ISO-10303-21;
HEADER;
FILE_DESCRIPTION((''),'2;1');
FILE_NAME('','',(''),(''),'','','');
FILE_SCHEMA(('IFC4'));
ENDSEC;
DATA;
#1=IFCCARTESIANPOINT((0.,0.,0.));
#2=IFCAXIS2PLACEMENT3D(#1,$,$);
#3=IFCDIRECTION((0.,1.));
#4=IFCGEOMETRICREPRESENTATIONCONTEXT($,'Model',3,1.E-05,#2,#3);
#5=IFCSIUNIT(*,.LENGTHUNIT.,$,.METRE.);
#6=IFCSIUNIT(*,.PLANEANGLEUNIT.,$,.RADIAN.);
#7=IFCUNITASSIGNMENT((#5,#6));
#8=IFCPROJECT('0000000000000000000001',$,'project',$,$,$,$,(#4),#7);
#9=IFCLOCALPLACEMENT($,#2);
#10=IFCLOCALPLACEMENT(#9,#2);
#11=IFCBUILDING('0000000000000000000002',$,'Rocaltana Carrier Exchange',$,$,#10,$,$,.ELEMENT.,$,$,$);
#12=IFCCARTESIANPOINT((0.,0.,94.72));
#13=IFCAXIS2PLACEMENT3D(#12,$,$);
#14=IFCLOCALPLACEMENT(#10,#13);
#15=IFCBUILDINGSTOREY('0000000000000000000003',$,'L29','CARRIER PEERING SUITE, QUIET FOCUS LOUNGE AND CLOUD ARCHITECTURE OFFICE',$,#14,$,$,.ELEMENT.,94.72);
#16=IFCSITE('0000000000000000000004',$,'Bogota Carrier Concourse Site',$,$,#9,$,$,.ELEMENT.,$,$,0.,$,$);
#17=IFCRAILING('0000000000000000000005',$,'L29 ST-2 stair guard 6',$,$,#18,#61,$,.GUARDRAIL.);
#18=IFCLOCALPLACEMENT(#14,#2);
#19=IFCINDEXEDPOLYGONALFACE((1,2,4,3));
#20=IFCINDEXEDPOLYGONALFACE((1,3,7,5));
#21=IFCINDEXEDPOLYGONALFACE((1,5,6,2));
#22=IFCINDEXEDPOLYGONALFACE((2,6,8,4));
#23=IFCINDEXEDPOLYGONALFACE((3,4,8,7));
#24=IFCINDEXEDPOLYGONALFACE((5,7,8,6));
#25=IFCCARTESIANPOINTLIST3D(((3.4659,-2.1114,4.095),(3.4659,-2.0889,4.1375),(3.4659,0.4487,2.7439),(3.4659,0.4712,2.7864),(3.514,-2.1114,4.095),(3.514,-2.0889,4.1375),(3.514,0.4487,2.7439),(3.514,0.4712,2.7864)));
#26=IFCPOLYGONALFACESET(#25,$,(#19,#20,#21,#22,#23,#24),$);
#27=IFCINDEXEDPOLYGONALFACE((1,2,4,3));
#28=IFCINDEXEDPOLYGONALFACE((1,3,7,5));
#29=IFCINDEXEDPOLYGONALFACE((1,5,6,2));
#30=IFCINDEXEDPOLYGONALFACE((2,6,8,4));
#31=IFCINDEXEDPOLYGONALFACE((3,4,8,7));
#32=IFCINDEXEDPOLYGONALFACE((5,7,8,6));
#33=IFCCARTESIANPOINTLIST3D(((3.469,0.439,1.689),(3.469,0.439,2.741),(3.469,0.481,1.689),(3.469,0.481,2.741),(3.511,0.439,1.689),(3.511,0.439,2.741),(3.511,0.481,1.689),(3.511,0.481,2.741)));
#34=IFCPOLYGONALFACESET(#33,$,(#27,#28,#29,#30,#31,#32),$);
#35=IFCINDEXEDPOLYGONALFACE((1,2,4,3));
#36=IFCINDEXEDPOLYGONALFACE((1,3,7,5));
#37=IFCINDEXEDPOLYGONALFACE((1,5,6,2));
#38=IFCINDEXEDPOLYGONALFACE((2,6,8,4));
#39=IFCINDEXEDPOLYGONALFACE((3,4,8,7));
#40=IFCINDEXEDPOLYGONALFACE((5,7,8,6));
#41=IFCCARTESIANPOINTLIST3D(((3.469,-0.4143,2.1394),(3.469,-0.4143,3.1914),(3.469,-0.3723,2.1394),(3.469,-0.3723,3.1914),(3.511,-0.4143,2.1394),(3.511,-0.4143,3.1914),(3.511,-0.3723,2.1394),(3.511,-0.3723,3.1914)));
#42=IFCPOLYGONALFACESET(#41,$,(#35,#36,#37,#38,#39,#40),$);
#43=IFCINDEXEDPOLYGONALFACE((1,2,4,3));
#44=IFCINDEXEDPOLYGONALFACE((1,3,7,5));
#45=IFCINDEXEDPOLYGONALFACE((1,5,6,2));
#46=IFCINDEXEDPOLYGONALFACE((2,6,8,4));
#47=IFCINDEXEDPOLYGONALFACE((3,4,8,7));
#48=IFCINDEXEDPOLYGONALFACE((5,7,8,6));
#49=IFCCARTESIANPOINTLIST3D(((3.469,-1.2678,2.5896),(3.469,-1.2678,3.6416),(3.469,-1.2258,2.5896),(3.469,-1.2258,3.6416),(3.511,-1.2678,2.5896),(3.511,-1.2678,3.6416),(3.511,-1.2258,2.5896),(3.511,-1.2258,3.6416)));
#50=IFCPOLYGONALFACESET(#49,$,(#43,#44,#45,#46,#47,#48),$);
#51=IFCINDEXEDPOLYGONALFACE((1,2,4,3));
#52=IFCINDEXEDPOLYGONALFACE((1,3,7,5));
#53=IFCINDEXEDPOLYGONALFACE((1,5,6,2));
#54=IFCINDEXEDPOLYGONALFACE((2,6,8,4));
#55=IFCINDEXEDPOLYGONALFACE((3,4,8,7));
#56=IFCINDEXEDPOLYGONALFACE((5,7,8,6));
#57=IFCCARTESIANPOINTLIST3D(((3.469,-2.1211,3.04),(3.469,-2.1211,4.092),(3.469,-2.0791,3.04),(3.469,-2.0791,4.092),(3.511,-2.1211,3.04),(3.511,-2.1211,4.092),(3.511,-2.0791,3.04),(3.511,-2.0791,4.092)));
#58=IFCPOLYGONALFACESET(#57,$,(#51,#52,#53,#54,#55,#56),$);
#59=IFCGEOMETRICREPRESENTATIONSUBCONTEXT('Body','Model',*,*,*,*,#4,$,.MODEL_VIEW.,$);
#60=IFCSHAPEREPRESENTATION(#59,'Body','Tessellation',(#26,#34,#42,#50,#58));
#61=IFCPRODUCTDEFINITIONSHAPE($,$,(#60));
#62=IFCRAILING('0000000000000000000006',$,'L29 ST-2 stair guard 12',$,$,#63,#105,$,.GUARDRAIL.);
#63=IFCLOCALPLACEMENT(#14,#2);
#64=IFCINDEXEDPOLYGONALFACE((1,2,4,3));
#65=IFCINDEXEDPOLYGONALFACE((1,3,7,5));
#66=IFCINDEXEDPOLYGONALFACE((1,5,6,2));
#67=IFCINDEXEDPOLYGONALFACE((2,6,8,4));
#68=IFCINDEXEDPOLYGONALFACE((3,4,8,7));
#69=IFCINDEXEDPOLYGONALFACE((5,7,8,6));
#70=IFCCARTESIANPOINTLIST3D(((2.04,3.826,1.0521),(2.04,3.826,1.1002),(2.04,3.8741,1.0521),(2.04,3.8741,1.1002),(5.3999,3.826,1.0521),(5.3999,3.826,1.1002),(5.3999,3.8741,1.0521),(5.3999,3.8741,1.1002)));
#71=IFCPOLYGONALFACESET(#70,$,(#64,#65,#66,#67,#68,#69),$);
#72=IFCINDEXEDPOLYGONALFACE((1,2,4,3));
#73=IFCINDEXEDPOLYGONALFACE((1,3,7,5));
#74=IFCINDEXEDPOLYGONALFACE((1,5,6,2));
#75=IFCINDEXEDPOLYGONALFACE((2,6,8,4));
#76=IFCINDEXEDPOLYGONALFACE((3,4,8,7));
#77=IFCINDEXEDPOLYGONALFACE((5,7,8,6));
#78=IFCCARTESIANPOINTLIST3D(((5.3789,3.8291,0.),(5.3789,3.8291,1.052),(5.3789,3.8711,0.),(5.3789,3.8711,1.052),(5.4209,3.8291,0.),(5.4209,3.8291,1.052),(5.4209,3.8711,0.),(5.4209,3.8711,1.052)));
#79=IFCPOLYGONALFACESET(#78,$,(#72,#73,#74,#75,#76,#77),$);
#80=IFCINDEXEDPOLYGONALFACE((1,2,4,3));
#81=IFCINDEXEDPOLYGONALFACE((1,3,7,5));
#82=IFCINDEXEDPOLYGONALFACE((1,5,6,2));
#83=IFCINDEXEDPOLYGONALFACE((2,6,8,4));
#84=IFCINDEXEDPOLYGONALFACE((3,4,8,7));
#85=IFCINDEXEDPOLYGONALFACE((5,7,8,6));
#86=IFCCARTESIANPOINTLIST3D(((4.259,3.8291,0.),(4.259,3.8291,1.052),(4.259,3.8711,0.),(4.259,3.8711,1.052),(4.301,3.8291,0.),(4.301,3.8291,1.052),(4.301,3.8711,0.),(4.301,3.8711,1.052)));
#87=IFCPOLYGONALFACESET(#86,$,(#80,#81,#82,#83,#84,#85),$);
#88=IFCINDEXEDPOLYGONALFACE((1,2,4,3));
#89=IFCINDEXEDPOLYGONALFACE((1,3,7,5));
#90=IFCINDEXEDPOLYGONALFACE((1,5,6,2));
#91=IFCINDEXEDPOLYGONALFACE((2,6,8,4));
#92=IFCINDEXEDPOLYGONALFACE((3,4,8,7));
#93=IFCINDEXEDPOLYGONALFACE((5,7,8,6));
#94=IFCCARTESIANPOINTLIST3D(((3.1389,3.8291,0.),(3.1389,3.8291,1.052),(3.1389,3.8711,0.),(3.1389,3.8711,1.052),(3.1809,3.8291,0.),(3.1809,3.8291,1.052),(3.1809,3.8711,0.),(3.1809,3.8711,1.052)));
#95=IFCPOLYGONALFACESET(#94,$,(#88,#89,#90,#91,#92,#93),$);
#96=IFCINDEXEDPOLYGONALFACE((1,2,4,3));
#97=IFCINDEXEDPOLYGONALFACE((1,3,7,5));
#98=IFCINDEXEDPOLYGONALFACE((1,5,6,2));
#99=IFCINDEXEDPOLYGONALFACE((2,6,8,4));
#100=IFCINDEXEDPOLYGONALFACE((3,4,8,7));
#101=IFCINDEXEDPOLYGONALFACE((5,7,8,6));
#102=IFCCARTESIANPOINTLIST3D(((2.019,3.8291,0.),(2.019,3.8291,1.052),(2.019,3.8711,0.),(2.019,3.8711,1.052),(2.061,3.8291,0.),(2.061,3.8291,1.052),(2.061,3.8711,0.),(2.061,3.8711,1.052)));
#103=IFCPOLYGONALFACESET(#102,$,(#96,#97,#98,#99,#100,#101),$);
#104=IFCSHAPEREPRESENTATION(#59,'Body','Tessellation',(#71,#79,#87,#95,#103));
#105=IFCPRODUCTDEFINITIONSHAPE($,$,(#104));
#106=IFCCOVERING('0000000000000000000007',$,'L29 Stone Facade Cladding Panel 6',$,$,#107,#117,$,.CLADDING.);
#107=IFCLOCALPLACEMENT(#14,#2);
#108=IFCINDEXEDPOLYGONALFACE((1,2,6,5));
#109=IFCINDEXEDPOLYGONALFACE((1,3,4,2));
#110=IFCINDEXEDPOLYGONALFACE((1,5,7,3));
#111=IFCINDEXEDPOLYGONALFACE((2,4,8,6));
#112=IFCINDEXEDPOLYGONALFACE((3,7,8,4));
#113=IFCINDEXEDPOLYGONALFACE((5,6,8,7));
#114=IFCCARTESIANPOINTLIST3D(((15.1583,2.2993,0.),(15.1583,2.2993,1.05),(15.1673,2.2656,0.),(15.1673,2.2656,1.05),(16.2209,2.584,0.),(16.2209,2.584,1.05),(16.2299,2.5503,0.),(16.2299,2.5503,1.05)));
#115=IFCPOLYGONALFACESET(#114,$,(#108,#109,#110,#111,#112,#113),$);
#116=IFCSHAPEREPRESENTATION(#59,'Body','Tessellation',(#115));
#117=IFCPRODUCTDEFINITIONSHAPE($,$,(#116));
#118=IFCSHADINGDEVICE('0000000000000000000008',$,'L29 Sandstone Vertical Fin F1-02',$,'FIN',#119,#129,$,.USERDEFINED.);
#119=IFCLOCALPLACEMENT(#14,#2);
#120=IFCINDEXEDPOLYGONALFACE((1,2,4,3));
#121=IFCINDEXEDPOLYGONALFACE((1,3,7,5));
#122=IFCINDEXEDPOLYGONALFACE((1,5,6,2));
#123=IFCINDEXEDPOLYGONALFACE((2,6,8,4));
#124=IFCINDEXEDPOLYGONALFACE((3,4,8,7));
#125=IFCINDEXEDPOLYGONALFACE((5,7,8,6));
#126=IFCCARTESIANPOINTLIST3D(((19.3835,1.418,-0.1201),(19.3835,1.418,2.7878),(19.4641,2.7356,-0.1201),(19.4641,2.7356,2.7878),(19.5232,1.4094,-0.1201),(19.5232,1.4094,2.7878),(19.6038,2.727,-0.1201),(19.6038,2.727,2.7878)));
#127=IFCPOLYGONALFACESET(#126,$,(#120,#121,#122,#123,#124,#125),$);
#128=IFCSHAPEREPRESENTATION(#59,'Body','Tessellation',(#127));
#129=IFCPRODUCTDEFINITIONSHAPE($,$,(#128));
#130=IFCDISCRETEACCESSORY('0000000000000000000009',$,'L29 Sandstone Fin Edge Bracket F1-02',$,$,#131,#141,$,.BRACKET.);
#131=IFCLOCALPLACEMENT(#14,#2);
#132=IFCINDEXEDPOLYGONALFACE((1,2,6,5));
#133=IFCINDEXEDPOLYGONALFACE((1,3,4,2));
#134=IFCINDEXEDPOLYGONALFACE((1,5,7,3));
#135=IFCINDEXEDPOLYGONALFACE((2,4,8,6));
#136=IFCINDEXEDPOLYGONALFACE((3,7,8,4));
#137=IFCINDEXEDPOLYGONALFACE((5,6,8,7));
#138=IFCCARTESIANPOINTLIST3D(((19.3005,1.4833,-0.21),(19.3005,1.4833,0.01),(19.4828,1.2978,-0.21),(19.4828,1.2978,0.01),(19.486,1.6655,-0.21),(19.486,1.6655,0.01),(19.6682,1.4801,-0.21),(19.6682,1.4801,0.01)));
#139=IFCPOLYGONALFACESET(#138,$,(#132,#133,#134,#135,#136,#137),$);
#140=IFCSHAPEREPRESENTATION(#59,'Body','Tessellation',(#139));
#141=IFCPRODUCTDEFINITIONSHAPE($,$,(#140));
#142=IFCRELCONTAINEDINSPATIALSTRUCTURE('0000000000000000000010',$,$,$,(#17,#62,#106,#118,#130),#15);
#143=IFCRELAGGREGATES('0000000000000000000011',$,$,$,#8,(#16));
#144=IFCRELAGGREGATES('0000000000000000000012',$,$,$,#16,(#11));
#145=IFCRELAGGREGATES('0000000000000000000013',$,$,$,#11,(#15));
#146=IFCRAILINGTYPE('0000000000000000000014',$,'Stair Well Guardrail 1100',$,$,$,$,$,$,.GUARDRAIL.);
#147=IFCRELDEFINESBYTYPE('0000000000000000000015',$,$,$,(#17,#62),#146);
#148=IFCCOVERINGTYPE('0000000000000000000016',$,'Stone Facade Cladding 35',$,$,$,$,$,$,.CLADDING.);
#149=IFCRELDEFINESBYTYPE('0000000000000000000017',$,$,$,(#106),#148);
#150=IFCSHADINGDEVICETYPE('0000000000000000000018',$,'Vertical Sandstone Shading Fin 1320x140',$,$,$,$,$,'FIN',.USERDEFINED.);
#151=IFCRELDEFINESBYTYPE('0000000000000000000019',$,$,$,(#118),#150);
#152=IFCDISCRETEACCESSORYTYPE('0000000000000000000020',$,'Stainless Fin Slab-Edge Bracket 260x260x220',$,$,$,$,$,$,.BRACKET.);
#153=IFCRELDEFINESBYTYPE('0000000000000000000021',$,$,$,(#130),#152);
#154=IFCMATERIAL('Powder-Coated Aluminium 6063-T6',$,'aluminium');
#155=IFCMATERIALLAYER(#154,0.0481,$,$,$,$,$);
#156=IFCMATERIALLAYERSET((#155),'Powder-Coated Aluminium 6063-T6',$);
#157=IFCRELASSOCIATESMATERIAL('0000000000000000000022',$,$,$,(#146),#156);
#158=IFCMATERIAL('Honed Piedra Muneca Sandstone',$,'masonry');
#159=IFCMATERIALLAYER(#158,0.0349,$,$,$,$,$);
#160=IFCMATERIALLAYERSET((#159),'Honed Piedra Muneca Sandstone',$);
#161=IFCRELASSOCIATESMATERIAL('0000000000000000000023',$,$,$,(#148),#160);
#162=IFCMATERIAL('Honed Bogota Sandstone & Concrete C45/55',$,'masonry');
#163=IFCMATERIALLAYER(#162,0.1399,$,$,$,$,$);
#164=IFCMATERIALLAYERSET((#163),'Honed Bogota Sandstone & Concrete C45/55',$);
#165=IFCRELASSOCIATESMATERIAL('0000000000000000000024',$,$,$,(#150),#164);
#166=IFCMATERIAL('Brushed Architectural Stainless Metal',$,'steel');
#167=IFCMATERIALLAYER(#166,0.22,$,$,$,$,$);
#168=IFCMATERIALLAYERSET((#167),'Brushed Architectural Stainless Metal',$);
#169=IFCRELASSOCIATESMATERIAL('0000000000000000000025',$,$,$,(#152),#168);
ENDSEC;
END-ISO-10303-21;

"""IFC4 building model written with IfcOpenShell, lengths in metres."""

from ifc_helpers import new_model, si_unit, direction, frame, origin, origin_2d, place, context, subcontext, project, spatial, rectangle, extrude, material, layer, layer_set, type_object, element, save


model = new_model("IFC4")

# Units and contexts
model_context = context("Model", 3, precision=1e-05, world=origin(), true_north=direction((0.0, 1.0)))
body_context = subcontext(model_context, "Body", "Model", "MODEL_VIEW")
ifc_project = project(units=[si_unit("LENGTHUNIT", "METRE"), si_unit("PLANEANGLEUNIT", "RADIAN")], contexts=[model_context])

# Site, building, storey
site_placement = place(None, origin())
site = spatial("IfcSite", under=ifc_project, at=site_placement, Name="Bogota Carrier Concourse Site", CompositionType="ELEMENT", RefElevation=0.0)
building_placement = place(site_placement, origin())
building = spatial("IfcBuilding", under=site, at=building_placement, Name="Rocaltana Carrier Exchange", CompositionType="ELEMENT")
storey_placement = place(building_placement, frame((0.0, 0.0, 94.72)))
storey = spatial("IfcBuildingStorey", under=building, at=storey_placement, Name="L29", Description="CARRIER PEERING SUITE, QUIET FOCUS LOUNGE AND CLOUD ARCHITECTURE OFFICE", CompositionType="ELEMENT", Elevation=94.72)

# Railings
ifc_material_1 = material(Name="Powder-Coated Aluminium 6063-T6", Category="aluminium")
ifc_layer_1 = layer(ifc_material_1, 0.0481)
ifc_layer_set_1 = layer_set([ifc_layer_1], Name="Powder-Coated Aluminium 6063-T6")
railing_type_1 = type_object("IfcRailingType", Name="Stair Well Guardrail 1100", PredefinedType="GUARDRAIL", material=ifc_layer_set_1)
railing_1_placement = place(storey_placement, frame((3.49, 0.46, 1.689)))
element("IfcRailing", 1, at=railing_1_placement, inside=storey, type_object=railing_type_1, Name="L29 ST-2 stair guard 6", PredefinedType="GUARDRAIL", context=body_context, shape_type="SweptSolid", body=[
    extrude(rectangle(XDim=0.0481, YDim=0.0481, at=origin_2d()), frame((0.0, 0.0, 1.0762), z_axis=(0.0, -0.884394, 0.46674), x_axis=(1.0, 0.0, 0.0)), (0.0, 0.0, 1.0), 2.8948),
    extrude(rectangle(XDim=0.042, YDim=0.042, at=origin_2d()), origin(), (0.0, 0.0, 1.0), 1.052),
    extrude(rectangle(XDim=0.042, YDim=0.042, at=origin_2d()), frame((0.0, -0.8533, 0.4504)), (0.0, 0.0, 1.0), 1.052),
    extrude(rectangle(XDim=0.042, YDim=0.042, at=origin_2d()), frame((0.0, -1.7068, 0.9006)), (0.0, 0.0, 1.0), 1.052),
    extrude(rectangle(XDim=0.042, YDim=0.042, at=origin_2d()), frame((0.0, -2.5601, 1.3511)), (0.0, 0.0, 1.0), 1.052),
])
railing_2_placement = place(storey_placement, frame((5.3999, 3.8501, 0.0)))
element("IfcRailing", 2, at=railing_2_placement, inside=storey, type_object=railing_type_1, Name="L29 ST-2 stair guard 12", PredefinedType="GUARDRAIL", context=body_context, shape_type="SweptSolid", body=[
    extrude(rectangle(XDim=0.0481, YDim=0.0481, at=origin_2d()), frame((0.0, 0.0, 1.0762), z_axis=(-1.0, 0.0, 0.0), x_axis=(0.0, -1.0, 0.0)), (0.0, 0.0, 1.0), 3.3599),
    extrude(rectangle(XDim=0.042, YDim=0.042, at=origin_2d()), origin(), (0.0, 0.0, 1.0), 1.052),
    extrude(rectangle(XDim=0.042, YDim=0.042, at=origin_2d()), frame((-1.1199, 0.0, 0.0)), (0.0, 0.0, 1.0), 1.052),
    extrude(rectangle(XDim=0.042, YDim=0.042, at=origin_2d()), frame((-2.24, 0.0, 0.0)), (0.0, 0.0, 1.0), 1.052),
    extrude(rectangle(XDim=0.042, YDim=0.042, at=origin_2d()), frame((-3.3599, 0.0, 0.0)), (0.0, 0.0, 1.0), 1.052),
])

# Covering
ifc_material_2 = material(Name="Honed Piedra Muneca Sandstone", Category="masonry")
ifc_layer_2 = layer(ifc_material_2, 0.0349)
ifc_layer_set_2 = layer_set([ifc_layer_2], Name="Honed Piedra Muneca Sandstone")
covering_type = type_object("IfcCoveringType", Name="Stone Facade Cladding 35", PredefinedType="CLADDING", material=ifc_layer_set_2)
covering_placement = place(storey_placement, frame((15.6941, 2.4248, 0.0), z_axis=(0.0, 0.0, 1.0), x_axis=(0.965926, 0.258819, 0.0)))
element("IfcCovering", 3, at=covering_placement, inside=storey, type_object=covering_type, Name="L29 Stone Facade Cladding Panel 6", PredefinedType="CLADDING", context=body_context, shape_type="SweptSolid", body=[
    extrude(rectangle(XDim=1.1001, YDim=0.0349, at=origin_2d()), origin(), (0.0, 0.0, 1.0), 1.05),
])

# Shading device
ifc_material_3 = material(Name="Honed Bogota Sandstone & Concrete C45/55", Category="masonry")
ifc_layer_3 = layer(ifc_material_3, 0.1399)
ifc_layer_set_3 = layer_set([ifc_layer_3], Name="Honed Bogota Sandstone & Concrete C45/55")
shading_device_type = type_object("IfcShadingDeviceType", Name="Vertical Sandstone Shading Fin 1320x140", ElementType="FIN", PredefinedType="USERDEFINED", material=ifc_layer_set_3)
shading_device_placement = place(storey_placement, frame((19.4937, 2.0725, -0.1201), z_axis=(0.0, 0.0, 1.0), x_axis=(0.061049, 0.998135, 0.0)))
element("IfcShadingDevice", 4, at=shading_device_placement, inside=storey, type_object=shading_device_type, Name="L29 Sandstone Vertical Fin F1-02", ObjectType="FIN", PredefinedType="USERDEFINED", context=body_context, shape_type="SweptSolid", body=[
    extrude(rectangle(XDim=1.3201, YDim=0.1399, at=origin_2d()), origin(), (0.0, 0.0, 1.0), 2.908),
])

# Discrete accessory
ifc_material_4 = material(Name="Brushed Architectural Stainless Metal", Category="steel")
ifc_layer_4 = layer(ifc_material_4, 0.22)
ifc_layer_set_4 = layer_set([ifc_layer_4], Name="Brushed Architectural Stainless Metal")
discrete_accessory_type = type_object("IfcDiscreteAccessoryType", Name="Stainless Fin Slab-Edge Bracket 260x260x220", PredefinedType="BRACKET", material=ifc_layer_set_4)
discrete_accessory_placement = place(storey_placement, frame((19.4844, 1.4817, -0.21), z_axis=(0.0, 0.0, 1.0), x_axis=(-0.700909, 0.71325, 0.0)))
element("IfcDiscreteAccessory", 5, at=discrete_accessory_placement, inside=storey, type_object=discrete_accessory_type, Name="L29 Sandstone Fin Edge Bracket F1-02", PredefinedType="BRACKET", context=body_context, shape_type="SweptSolid", body=[
    extrude(rectangle(XDim=0.26, YDim=0.26, at=origin_2d()), origin(), (0.0, 0.0, 1.0), 0.22),
])

save(model, "model.ifc")
